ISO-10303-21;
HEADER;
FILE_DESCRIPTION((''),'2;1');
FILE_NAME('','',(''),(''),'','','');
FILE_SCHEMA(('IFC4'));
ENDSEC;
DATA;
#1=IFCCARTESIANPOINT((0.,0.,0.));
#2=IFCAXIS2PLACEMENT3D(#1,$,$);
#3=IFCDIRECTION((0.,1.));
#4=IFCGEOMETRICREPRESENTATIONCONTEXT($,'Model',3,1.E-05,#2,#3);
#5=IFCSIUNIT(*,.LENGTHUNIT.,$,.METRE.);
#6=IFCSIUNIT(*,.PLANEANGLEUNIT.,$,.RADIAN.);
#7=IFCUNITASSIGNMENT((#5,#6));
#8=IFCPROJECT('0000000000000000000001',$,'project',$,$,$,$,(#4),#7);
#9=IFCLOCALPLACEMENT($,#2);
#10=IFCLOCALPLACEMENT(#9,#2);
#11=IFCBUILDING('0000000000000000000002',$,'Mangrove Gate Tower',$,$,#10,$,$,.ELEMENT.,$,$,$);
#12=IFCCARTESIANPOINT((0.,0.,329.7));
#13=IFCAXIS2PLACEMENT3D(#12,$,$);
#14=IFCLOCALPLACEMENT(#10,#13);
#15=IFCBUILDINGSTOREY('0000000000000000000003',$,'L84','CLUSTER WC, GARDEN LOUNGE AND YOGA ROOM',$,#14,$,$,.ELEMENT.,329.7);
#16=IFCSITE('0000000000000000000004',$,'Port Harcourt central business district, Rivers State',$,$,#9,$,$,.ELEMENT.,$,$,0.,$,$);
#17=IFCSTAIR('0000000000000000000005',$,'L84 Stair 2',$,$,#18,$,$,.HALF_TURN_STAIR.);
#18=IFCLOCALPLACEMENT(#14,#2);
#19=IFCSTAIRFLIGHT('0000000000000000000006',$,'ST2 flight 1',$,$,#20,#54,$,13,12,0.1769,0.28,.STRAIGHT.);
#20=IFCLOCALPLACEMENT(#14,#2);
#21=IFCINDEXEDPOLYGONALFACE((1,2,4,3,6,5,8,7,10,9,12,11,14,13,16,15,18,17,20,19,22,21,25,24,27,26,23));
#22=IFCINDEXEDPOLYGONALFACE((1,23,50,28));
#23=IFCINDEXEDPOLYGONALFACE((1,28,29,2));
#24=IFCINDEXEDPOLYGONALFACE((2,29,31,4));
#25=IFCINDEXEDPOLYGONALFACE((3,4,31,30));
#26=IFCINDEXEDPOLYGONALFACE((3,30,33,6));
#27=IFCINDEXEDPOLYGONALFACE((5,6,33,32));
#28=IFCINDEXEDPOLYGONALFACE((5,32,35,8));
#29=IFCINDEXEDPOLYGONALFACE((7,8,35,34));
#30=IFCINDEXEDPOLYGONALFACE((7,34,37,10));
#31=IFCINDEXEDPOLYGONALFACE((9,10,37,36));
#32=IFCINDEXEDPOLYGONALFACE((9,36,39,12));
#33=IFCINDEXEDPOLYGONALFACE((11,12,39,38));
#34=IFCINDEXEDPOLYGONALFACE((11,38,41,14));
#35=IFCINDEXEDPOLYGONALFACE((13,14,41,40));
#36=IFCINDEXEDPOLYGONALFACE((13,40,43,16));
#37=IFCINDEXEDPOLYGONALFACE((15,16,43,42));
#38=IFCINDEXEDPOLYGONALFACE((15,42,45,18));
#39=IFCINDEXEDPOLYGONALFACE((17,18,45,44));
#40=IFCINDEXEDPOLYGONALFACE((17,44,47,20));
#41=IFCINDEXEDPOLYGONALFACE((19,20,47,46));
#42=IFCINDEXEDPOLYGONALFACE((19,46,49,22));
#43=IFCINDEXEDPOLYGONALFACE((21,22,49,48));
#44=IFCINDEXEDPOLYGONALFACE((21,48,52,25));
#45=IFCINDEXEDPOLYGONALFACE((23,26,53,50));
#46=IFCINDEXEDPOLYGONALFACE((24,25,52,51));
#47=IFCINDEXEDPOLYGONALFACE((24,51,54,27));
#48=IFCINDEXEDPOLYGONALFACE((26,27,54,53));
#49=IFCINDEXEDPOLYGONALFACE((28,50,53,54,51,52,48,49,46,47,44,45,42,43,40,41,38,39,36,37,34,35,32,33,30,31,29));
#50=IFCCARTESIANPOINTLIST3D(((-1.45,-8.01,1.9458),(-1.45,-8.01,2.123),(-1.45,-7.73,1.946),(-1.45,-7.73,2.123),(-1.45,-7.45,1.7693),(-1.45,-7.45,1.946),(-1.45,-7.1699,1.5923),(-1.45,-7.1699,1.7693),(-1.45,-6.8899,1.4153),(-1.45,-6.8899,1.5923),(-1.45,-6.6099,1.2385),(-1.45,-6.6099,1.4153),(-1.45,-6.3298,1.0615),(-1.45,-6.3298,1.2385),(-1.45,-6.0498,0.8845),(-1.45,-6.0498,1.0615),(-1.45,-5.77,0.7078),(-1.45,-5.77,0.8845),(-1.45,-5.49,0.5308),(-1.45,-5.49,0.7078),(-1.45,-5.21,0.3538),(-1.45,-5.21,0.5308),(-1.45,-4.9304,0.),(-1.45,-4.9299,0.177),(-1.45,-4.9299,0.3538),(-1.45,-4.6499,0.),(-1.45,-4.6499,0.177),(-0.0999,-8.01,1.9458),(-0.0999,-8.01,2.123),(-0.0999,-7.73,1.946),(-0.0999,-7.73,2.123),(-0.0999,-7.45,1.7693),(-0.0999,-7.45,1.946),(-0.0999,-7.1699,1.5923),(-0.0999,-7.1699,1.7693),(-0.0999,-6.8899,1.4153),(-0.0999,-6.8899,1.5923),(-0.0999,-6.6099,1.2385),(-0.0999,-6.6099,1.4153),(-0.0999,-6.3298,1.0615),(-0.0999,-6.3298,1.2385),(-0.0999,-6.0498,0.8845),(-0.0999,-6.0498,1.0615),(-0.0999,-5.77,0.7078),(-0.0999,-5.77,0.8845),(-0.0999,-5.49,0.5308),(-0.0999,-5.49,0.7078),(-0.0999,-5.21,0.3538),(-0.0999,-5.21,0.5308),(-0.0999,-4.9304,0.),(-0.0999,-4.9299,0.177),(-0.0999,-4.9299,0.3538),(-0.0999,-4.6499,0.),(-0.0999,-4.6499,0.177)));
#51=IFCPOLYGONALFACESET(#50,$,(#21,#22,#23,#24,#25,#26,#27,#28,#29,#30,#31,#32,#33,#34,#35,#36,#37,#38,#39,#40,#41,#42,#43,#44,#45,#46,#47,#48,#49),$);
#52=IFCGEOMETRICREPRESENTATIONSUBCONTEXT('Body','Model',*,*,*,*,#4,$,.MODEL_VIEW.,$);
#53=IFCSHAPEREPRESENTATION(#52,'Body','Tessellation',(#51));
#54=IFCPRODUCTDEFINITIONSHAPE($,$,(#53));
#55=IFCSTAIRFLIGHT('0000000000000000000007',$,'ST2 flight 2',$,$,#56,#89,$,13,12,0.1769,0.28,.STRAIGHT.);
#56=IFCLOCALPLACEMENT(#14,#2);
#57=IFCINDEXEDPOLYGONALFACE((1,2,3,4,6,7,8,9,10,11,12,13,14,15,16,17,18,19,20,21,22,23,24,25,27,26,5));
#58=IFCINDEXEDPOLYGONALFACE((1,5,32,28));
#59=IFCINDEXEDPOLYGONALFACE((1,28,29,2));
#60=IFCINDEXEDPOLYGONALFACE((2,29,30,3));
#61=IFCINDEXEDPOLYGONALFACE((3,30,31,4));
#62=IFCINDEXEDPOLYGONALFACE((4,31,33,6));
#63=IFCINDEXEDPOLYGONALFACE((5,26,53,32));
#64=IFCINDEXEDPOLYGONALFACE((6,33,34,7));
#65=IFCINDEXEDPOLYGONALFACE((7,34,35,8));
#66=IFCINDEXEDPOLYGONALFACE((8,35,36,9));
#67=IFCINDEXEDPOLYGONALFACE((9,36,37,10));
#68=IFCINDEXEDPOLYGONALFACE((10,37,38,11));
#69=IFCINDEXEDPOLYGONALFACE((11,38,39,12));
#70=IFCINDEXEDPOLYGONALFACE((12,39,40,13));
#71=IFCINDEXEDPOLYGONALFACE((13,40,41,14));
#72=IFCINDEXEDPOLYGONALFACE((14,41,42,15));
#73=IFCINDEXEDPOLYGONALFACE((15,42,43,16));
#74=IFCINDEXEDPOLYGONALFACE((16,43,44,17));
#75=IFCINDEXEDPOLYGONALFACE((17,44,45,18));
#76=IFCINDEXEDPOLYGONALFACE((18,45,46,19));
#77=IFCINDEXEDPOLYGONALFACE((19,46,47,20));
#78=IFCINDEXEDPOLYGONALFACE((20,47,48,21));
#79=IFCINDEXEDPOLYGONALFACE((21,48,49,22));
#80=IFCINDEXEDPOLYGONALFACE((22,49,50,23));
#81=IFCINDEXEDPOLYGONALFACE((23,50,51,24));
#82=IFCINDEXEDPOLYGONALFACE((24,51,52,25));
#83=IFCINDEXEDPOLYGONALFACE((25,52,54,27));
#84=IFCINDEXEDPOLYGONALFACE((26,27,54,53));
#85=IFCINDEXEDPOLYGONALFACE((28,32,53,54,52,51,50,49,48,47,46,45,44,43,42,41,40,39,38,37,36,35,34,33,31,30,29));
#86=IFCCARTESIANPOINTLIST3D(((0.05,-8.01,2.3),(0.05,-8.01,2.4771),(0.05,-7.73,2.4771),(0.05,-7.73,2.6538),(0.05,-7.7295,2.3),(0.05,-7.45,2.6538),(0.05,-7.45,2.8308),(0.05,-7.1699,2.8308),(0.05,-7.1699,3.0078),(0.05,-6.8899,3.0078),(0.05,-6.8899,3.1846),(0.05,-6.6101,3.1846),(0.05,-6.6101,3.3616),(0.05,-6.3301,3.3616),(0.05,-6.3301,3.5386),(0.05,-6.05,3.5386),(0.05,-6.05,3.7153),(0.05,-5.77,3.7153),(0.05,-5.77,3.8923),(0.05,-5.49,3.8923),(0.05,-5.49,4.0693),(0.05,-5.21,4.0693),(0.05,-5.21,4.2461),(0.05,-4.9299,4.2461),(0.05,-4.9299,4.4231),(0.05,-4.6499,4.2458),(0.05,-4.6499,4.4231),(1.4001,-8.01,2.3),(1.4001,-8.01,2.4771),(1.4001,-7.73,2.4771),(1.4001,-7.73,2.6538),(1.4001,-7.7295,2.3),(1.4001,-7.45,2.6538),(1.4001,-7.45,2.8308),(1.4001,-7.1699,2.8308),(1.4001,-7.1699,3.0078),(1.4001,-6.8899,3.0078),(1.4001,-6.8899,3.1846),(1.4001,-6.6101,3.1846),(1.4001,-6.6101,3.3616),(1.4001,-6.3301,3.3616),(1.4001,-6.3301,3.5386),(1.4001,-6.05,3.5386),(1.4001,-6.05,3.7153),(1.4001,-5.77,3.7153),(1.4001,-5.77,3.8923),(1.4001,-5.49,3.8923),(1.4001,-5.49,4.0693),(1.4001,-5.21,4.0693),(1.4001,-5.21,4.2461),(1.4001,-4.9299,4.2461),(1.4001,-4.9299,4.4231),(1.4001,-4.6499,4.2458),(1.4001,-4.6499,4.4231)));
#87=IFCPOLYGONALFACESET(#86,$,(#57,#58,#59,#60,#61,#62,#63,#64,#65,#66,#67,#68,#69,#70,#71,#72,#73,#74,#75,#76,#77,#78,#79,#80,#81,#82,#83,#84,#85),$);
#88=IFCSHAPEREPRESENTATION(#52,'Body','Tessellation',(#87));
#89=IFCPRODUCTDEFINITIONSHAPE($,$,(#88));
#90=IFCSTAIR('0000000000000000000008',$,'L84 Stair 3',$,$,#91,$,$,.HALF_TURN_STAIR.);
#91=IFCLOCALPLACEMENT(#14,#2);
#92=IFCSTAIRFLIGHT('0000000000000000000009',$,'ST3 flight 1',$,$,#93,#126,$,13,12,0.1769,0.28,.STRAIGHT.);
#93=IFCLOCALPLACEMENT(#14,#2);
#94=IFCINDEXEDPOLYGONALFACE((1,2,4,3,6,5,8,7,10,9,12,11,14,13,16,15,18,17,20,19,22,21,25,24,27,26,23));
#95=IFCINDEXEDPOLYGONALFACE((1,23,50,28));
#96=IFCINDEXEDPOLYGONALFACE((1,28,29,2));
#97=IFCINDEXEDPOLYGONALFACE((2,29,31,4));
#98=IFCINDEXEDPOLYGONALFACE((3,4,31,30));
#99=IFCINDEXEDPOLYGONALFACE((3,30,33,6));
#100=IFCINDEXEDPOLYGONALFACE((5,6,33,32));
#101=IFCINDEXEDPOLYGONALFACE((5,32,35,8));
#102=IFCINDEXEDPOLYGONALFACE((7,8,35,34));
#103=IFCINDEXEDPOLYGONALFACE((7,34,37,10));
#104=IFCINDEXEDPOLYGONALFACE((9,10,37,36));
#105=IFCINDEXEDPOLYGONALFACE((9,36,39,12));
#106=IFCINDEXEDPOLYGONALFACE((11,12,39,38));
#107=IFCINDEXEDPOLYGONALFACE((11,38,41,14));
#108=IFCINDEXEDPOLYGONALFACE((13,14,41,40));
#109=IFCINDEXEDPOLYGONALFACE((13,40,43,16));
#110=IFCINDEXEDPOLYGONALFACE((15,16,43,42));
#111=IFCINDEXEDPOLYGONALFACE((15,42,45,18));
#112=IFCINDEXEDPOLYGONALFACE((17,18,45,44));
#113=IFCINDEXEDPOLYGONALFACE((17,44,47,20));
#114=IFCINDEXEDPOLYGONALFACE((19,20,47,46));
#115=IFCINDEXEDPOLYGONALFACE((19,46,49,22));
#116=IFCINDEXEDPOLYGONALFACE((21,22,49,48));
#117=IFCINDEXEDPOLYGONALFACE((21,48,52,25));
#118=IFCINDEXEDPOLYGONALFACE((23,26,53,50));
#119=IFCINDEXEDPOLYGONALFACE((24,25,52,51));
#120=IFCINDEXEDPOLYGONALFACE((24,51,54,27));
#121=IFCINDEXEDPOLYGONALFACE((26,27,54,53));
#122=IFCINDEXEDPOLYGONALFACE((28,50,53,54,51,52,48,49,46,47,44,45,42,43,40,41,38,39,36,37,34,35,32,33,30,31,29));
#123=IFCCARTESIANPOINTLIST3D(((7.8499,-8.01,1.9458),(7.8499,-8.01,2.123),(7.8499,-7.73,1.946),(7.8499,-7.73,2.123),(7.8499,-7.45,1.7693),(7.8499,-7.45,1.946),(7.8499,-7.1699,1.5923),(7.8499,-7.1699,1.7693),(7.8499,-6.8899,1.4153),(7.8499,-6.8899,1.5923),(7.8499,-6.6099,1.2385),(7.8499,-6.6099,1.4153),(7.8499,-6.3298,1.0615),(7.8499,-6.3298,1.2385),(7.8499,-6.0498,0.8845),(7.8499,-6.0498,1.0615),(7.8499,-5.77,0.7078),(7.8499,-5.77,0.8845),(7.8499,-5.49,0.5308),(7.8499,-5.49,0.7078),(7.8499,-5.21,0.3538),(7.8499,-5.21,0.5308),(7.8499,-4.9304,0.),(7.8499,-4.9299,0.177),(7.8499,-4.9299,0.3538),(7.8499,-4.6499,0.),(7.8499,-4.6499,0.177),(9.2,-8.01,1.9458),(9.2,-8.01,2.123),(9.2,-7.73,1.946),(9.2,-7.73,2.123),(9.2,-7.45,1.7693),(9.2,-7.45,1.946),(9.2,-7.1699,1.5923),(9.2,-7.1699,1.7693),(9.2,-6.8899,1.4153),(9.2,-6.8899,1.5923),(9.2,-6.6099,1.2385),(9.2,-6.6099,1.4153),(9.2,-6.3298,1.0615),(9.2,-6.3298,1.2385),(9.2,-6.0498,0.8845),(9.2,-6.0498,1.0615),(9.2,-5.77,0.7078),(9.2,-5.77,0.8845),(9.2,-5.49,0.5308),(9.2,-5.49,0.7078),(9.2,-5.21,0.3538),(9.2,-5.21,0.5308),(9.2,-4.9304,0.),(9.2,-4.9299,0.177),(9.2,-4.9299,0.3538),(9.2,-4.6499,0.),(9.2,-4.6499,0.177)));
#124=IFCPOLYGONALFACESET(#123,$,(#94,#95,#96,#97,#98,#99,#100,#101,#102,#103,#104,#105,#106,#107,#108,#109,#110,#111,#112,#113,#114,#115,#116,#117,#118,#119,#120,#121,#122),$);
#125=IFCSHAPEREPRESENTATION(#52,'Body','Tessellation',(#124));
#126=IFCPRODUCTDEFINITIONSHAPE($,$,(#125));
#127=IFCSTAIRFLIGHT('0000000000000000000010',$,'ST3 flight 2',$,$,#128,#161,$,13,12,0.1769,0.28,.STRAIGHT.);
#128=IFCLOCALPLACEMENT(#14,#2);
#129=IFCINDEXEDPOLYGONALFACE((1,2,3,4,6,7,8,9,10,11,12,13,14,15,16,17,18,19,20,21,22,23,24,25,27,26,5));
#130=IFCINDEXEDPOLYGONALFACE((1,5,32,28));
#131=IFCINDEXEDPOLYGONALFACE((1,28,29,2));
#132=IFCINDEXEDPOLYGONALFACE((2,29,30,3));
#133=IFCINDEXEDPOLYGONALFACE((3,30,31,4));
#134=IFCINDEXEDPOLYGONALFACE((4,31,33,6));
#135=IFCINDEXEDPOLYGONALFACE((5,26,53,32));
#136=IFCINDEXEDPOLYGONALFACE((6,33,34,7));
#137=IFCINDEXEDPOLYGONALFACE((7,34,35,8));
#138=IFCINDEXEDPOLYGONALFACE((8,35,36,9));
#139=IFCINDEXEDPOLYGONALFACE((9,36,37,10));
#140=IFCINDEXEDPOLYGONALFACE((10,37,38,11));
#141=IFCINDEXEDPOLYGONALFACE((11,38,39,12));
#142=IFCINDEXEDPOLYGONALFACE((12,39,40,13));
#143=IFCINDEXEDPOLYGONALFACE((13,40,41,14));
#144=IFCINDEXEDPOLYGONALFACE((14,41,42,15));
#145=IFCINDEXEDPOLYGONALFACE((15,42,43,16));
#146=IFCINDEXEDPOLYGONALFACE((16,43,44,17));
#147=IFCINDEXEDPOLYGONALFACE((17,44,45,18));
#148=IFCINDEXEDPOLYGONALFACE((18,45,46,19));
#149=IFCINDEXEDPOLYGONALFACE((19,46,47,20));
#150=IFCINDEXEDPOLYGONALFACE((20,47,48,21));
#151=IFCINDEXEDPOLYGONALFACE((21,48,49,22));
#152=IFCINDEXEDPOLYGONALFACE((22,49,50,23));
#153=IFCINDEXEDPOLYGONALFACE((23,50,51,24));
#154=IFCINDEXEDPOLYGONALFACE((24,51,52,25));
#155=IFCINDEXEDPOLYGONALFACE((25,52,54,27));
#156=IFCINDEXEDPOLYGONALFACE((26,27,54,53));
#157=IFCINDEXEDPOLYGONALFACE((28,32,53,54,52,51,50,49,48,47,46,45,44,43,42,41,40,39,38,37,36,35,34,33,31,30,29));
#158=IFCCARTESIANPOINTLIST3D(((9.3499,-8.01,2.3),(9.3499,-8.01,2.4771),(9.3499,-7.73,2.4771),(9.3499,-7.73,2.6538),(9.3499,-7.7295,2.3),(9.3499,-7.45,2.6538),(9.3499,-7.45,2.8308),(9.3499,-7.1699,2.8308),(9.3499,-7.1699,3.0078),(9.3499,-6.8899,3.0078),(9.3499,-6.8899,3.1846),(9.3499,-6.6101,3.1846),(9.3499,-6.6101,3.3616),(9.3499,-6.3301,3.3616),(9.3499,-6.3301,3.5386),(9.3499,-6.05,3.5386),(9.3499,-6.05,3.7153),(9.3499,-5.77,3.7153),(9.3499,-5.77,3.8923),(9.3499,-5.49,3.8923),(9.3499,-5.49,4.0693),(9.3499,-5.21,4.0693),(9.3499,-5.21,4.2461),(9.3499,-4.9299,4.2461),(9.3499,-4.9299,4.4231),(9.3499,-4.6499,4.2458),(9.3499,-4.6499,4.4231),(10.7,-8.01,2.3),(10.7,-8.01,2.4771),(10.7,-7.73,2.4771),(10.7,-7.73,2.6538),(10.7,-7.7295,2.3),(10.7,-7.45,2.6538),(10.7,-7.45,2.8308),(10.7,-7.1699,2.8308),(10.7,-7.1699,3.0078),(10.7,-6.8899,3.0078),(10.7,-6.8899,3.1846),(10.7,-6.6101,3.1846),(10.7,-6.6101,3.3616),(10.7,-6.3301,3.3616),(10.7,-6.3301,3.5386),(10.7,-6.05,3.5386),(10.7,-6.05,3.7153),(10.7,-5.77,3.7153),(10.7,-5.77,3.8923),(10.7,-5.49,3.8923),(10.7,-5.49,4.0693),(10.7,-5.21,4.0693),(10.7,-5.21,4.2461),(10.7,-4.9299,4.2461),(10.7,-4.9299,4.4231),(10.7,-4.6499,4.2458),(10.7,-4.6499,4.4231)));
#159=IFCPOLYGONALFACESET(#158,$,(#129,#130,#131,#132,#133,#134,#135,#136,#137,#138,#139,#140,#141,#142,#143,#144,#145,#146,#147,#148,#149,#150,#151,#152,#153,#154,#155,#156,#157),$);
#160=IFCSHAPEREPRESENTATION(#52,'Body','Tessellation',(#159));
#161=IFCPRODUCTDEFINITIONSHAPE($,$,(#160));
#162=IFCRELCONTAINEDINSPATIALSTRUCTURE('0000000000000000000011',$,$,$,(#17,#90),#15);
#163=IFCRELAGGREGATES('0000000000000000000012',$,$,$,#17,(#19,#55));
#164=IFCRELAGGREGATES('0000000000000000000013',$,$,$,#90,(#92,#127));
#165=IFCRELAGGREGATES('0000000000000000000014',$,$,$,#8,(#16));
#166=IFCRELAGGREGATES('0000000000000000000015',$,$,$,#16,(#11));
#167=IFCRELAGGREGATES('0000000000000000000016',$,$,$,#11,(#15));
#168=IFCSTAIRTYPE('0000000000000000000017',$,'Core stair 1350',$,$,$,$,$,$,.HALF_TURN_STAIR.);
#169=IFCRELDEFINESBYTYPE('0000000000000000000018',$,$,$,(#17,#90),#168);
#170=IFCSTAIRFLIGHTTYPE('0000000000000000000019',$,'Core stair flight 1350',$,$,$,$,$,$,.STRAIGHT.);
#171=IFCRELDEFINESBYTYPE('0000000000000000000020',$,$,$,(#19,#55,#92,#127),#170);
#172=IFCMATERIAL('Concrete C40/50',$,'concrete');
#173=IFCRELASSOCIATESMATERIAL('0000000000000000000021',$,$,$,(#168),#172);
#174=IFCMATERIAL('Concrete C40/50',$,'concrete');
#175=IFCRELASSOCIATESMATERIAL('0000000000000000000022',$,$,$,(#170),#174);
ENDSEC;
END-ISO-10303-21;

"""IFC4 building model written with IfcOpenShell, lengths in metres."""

from ifc_helpers import new_model, si_unit, direction, frame, origin, place, context, subcontext, project, spatial, polyline, outline, extrude, material, type_object, element, aggregate, save


model = new_model("IFC4")

# Units and contexts
model_context = context("Model", 3, precision=1e-05, world=origin(), true_north=direction((0.0, 1.0)))
body_context = subcontext(model_context, "Body", "Model", "MODEL_VIEW")
ifc_project = project(units=[si_unit("LENGTHUNIT", "METRE"), si_unit("PLANEANGLEUNIT", "RADIAN")], contexts=[model_context])

# Site, building, storey
site_placement = place(None, origin())
site = spatial("IfcSite", under=ifc_project, at=site_placement, Name="Port Harcourt central business district, Rivers State", CompositionType="ELEMENT", RefElevation=0.0)
building_placement = place(site_placement, origin())
building = spatial("IfcBuilding", under=site, at=building_placement, Name="Mangrove Gate Tower", CompositionType="ELEMENT")
storey_placement = place(building_placement, frame((0.0, 0.0, 329.7)))
storey = spatial("IfcBuildingStorey", under=building, at=storey_placement, Name="L84", Description="CLUSTER WC, GARDEN LOUNGE AND YOGA ROOM", CompositionType="ELEMENT", Elevation=329.7)

# Stairs, stair flights
ifc_material_1 = material(Name="Concrete C40/50", Category="concrete")
stair_type = type_object("IfcStairType", Name="Core stair 1350", PredefinedType="HALF_TURN_STAIR", material=ifc_material_1)
stair_1_placement = place(storey_placement, origin())
stair_1 = element("IfcStair", 1, at=stair_1_placement, inside=storey, type_object=stair_type, Name="L84 Stair 2", PredefinedType="HALF_TURN_STAIR")
ifc_material_2 = material(Name="Concrete C40/50", Category="concrete")
stair_flight_type = type_object("IfcStairFlightType", Name="Core stair flight 1350", PredefinedType="STRAIGHT", material=ifc_material_2)
stair_flight_1_placement = place(storey_placement, frame((-0.7749, -4.6499, 0.0), z_axis=(0.0, 0.0, 1.0), x_axis=(0.0, -1.0, 0.0)))
stair_flight_1 = element("IfcStairFlight", 2, at=stair_flight_1_placement, type_object=stair_flight_type, Name="ST2 flight 1", NumberOfRisers=13, NumberOfTreads=12, PredefinedType="STRAIGHT", RiserHeight=0.1769, TreadLength=0.28, context=body_context, shape_type="SweptSolid", body=[
    extrude(outline(polyline([(0.0, 0.0), (0.0, 0.177), (0.28, 0.177), (0.28, 0.3538), (0.5601, 0.3538), (0.5601, 0.5308), (0.8401, 0.5308), (0.8401, 0.7078), (1.1201, 0.7078), (1.1201, 0.8845), (1.3999, 0.8845), (1.3999, 1.0615), (1.6799, 1.0615), (1.6799, 1.2385), (1.96, 1.2385), (1.96, 1.4153), (2.24, 1.4153), (2.24, 1.5923), (2.52, 1.5923), (2.52, 1.7693), (2.8, 1.7693), (2.8, 1.946), (3.0801, 1.946), (3.0801, 2.123), (3.3601, 2.123), (3.3601, 2.3), (3.3601, 1.9458), (0.2805, 0.0), (0.0, 0.0)])), frame((0.0, 0.675, 0.0), z_axis=(0.0, -1.0, 0.0), x_axis=(1.0, 0.0, 0.0)), (0.0, 0.0, 1.0), 1.3501),
])
stair_flight_2_placement = place(storey_placement, frame((0.7251, -8.01, 2.3), z_axis=(0.0, 0.0, 1.0), x_axis=(0.0, 1.0, 0.0)))
stair_flight_2 = element("IfcStairFlight", 3, at=stair_flight_2_placement, type_object=stair_flight_type, Name="ST2 flight 2", NumberOfRisers=13, NumberOfTreads=12, PredefinedType="STRAIGHT", RiserHeight=0.1769, TreadLength=0.28, context=body_context, shape_type="SweptSolid", body=[
    extrude(outline(polyline([(0.0, 0.0), (0.0, 0.177), (0.28, 0.177), (0.28, 0.3538), (0.5601, 0.3538), (0.5601, 0.5308), (0.8401, 0.5308), (0.8401, 0.7078), (1.1201, 0.7078), (1.1201, 0.8845), (1.3999, 0.8845), (1.3999, 1.0615), (1.6799, 1.0615), (1.6799, 1.2385), (1.96, 1.2385), (1.96, 1.4153), (2.24, 1.4153), (2.24, 1.5923), (2.52, 1.5923), (2.52, 1.7693), (2.8, 1.7693), (2.8, 1.946), (3.0801, 1.946), (3.0801, 2.123), (3.3601, 2.123), (3.3601, 2.3), (3.3601, 1.9458), (0.2805, 0.0), (0.0, 0.0)])), frame((0.0, 0.675, 0.0), z_axis=(0.0, -1.0, 0.0), x_axis=(1.0, 0.0, 0.0)), (0.0, 0.0, 1.0), 1.3501),
])
aggregate(stair_1, [stair_flight_1, stair_flight_2])
stair_2_placement = place(storey_placement, origin())
stair_2 = element("IfcStair", 4, at=stair_2_placement, inside=storey, type_object=stair_type, Name="L84 Stair 3", PredefinedType="HALF_TURN_STAIR")
stair_flight_3_placement = place(storey_placement, frame((8.5249, -4.6499, 0.0), z_axis=(0.0, 0.0, 1.0), x_axis=(0.0, -1.0, 0.0)))
stair_flight_3 = element("IfcStairFlight", 5, at=stair_flight_3_placement, type_object=stair_flight_type, Name="ST3 flight 1", NumberOfRisers=13, NumberOfTreads=12, PredefinedType="STRAIGHT", RiserHeight=0.1769, TreadLength=0.28, context=body_context, shape_type="SweptSolid", body=[
    extrude(outline(polyline([(0.0, 0.0), (0.0, 0.177), (0.28, 0.177), (0.28, 0.3538), (0.5601, 0.3538), (0.5601, 0.5308), (0.8401, 0.5308), (0.8401, 0.7078), (1.1201, 0.7078), (1.1201, 0.8845), (1.3999, 0.8845), (1.3999, 1.0615), (1.6799, 1.0615), (1.6799, 1.2385), (1.96, 1.2385), (1.96, 1.4153), (2.24, 1.4153), (2.24, 1.5923), (2.52, 1.5923), (2.52, 1.7693), (2.8, 1.7693), (2.8, 1.946), (3.0801, 1.946), (3.0801, 2.123), (3.3601, 2.123), (3.3601, 2.3), (3.3601, 1.9458), (0.2805, 0.0), (0.0, 0.0)])), frame((0.0, 0.675, 0.0), z_axis=(0.0, -1.0, 0.0), x_axis=(1.0, 0.0, 0.0)), (0.0, 0.0, 1.0), 1.3501),
])
stair_flight_4_placement = place(storey_placement, frame((10.0249, -8.01, 2.3), z_axis=(0.0, 0.0, 1.0), x_axis=(0.0, 1.0, 0.0)))
stair_flight_4 = element("IfcStairFlight", 6, at=stair_flight_4_placement, type_object=stair_flight_type, Name="ST3 flight 2", NumberOfRisers=13, NumberOfTreads=12, PredefinedType="STRAIGHT", RiserHeight=0.1769, TreadLength=0.28, context=body_context, shape_type="SweptSolid", body=[
    extrude(outline(polyline([(0.0, 0.0), (0.0, 0.177), (0.28, 0.177), (0.28, 0.3538), (0.5601, 0.3538), (0.5601, 0.5308), (0.8401, 0.5308), (0.8401, 0.7078), (1.1201, 0.7078), (1.1201, 0.8845), (1.3999, 0.8845), (1.3999, 1.0615), (1.6799, 1.0615), (1.6799, 1.2385), (1.96, 1.2385), (1.96, 1.4153), (2.24, 1.4153), (2.24, 1.5923), (2.52, 1.5923), (2.52, 1.7693), (2.8, 1.7693), (2.8, 1.946), (3.0801, 1.946), (3.0801, 2.123), (3.3601, 2.123), (3.3601, 2.3), (3.3601, 1.9458), (0.2805, 0.0), (0.0, 0.0)])), frame((0.0, 0.675, 0.0), z_axis=(0.0, -1.0, 0.0), x_axis=(1.0, 0.0, 0.0)), (0.0, 0.0, 1.0), 1.3501),
])
aggregate(stair_2, [stair_flight_3, stair_flight_4])

save(model, "model.ifc")
